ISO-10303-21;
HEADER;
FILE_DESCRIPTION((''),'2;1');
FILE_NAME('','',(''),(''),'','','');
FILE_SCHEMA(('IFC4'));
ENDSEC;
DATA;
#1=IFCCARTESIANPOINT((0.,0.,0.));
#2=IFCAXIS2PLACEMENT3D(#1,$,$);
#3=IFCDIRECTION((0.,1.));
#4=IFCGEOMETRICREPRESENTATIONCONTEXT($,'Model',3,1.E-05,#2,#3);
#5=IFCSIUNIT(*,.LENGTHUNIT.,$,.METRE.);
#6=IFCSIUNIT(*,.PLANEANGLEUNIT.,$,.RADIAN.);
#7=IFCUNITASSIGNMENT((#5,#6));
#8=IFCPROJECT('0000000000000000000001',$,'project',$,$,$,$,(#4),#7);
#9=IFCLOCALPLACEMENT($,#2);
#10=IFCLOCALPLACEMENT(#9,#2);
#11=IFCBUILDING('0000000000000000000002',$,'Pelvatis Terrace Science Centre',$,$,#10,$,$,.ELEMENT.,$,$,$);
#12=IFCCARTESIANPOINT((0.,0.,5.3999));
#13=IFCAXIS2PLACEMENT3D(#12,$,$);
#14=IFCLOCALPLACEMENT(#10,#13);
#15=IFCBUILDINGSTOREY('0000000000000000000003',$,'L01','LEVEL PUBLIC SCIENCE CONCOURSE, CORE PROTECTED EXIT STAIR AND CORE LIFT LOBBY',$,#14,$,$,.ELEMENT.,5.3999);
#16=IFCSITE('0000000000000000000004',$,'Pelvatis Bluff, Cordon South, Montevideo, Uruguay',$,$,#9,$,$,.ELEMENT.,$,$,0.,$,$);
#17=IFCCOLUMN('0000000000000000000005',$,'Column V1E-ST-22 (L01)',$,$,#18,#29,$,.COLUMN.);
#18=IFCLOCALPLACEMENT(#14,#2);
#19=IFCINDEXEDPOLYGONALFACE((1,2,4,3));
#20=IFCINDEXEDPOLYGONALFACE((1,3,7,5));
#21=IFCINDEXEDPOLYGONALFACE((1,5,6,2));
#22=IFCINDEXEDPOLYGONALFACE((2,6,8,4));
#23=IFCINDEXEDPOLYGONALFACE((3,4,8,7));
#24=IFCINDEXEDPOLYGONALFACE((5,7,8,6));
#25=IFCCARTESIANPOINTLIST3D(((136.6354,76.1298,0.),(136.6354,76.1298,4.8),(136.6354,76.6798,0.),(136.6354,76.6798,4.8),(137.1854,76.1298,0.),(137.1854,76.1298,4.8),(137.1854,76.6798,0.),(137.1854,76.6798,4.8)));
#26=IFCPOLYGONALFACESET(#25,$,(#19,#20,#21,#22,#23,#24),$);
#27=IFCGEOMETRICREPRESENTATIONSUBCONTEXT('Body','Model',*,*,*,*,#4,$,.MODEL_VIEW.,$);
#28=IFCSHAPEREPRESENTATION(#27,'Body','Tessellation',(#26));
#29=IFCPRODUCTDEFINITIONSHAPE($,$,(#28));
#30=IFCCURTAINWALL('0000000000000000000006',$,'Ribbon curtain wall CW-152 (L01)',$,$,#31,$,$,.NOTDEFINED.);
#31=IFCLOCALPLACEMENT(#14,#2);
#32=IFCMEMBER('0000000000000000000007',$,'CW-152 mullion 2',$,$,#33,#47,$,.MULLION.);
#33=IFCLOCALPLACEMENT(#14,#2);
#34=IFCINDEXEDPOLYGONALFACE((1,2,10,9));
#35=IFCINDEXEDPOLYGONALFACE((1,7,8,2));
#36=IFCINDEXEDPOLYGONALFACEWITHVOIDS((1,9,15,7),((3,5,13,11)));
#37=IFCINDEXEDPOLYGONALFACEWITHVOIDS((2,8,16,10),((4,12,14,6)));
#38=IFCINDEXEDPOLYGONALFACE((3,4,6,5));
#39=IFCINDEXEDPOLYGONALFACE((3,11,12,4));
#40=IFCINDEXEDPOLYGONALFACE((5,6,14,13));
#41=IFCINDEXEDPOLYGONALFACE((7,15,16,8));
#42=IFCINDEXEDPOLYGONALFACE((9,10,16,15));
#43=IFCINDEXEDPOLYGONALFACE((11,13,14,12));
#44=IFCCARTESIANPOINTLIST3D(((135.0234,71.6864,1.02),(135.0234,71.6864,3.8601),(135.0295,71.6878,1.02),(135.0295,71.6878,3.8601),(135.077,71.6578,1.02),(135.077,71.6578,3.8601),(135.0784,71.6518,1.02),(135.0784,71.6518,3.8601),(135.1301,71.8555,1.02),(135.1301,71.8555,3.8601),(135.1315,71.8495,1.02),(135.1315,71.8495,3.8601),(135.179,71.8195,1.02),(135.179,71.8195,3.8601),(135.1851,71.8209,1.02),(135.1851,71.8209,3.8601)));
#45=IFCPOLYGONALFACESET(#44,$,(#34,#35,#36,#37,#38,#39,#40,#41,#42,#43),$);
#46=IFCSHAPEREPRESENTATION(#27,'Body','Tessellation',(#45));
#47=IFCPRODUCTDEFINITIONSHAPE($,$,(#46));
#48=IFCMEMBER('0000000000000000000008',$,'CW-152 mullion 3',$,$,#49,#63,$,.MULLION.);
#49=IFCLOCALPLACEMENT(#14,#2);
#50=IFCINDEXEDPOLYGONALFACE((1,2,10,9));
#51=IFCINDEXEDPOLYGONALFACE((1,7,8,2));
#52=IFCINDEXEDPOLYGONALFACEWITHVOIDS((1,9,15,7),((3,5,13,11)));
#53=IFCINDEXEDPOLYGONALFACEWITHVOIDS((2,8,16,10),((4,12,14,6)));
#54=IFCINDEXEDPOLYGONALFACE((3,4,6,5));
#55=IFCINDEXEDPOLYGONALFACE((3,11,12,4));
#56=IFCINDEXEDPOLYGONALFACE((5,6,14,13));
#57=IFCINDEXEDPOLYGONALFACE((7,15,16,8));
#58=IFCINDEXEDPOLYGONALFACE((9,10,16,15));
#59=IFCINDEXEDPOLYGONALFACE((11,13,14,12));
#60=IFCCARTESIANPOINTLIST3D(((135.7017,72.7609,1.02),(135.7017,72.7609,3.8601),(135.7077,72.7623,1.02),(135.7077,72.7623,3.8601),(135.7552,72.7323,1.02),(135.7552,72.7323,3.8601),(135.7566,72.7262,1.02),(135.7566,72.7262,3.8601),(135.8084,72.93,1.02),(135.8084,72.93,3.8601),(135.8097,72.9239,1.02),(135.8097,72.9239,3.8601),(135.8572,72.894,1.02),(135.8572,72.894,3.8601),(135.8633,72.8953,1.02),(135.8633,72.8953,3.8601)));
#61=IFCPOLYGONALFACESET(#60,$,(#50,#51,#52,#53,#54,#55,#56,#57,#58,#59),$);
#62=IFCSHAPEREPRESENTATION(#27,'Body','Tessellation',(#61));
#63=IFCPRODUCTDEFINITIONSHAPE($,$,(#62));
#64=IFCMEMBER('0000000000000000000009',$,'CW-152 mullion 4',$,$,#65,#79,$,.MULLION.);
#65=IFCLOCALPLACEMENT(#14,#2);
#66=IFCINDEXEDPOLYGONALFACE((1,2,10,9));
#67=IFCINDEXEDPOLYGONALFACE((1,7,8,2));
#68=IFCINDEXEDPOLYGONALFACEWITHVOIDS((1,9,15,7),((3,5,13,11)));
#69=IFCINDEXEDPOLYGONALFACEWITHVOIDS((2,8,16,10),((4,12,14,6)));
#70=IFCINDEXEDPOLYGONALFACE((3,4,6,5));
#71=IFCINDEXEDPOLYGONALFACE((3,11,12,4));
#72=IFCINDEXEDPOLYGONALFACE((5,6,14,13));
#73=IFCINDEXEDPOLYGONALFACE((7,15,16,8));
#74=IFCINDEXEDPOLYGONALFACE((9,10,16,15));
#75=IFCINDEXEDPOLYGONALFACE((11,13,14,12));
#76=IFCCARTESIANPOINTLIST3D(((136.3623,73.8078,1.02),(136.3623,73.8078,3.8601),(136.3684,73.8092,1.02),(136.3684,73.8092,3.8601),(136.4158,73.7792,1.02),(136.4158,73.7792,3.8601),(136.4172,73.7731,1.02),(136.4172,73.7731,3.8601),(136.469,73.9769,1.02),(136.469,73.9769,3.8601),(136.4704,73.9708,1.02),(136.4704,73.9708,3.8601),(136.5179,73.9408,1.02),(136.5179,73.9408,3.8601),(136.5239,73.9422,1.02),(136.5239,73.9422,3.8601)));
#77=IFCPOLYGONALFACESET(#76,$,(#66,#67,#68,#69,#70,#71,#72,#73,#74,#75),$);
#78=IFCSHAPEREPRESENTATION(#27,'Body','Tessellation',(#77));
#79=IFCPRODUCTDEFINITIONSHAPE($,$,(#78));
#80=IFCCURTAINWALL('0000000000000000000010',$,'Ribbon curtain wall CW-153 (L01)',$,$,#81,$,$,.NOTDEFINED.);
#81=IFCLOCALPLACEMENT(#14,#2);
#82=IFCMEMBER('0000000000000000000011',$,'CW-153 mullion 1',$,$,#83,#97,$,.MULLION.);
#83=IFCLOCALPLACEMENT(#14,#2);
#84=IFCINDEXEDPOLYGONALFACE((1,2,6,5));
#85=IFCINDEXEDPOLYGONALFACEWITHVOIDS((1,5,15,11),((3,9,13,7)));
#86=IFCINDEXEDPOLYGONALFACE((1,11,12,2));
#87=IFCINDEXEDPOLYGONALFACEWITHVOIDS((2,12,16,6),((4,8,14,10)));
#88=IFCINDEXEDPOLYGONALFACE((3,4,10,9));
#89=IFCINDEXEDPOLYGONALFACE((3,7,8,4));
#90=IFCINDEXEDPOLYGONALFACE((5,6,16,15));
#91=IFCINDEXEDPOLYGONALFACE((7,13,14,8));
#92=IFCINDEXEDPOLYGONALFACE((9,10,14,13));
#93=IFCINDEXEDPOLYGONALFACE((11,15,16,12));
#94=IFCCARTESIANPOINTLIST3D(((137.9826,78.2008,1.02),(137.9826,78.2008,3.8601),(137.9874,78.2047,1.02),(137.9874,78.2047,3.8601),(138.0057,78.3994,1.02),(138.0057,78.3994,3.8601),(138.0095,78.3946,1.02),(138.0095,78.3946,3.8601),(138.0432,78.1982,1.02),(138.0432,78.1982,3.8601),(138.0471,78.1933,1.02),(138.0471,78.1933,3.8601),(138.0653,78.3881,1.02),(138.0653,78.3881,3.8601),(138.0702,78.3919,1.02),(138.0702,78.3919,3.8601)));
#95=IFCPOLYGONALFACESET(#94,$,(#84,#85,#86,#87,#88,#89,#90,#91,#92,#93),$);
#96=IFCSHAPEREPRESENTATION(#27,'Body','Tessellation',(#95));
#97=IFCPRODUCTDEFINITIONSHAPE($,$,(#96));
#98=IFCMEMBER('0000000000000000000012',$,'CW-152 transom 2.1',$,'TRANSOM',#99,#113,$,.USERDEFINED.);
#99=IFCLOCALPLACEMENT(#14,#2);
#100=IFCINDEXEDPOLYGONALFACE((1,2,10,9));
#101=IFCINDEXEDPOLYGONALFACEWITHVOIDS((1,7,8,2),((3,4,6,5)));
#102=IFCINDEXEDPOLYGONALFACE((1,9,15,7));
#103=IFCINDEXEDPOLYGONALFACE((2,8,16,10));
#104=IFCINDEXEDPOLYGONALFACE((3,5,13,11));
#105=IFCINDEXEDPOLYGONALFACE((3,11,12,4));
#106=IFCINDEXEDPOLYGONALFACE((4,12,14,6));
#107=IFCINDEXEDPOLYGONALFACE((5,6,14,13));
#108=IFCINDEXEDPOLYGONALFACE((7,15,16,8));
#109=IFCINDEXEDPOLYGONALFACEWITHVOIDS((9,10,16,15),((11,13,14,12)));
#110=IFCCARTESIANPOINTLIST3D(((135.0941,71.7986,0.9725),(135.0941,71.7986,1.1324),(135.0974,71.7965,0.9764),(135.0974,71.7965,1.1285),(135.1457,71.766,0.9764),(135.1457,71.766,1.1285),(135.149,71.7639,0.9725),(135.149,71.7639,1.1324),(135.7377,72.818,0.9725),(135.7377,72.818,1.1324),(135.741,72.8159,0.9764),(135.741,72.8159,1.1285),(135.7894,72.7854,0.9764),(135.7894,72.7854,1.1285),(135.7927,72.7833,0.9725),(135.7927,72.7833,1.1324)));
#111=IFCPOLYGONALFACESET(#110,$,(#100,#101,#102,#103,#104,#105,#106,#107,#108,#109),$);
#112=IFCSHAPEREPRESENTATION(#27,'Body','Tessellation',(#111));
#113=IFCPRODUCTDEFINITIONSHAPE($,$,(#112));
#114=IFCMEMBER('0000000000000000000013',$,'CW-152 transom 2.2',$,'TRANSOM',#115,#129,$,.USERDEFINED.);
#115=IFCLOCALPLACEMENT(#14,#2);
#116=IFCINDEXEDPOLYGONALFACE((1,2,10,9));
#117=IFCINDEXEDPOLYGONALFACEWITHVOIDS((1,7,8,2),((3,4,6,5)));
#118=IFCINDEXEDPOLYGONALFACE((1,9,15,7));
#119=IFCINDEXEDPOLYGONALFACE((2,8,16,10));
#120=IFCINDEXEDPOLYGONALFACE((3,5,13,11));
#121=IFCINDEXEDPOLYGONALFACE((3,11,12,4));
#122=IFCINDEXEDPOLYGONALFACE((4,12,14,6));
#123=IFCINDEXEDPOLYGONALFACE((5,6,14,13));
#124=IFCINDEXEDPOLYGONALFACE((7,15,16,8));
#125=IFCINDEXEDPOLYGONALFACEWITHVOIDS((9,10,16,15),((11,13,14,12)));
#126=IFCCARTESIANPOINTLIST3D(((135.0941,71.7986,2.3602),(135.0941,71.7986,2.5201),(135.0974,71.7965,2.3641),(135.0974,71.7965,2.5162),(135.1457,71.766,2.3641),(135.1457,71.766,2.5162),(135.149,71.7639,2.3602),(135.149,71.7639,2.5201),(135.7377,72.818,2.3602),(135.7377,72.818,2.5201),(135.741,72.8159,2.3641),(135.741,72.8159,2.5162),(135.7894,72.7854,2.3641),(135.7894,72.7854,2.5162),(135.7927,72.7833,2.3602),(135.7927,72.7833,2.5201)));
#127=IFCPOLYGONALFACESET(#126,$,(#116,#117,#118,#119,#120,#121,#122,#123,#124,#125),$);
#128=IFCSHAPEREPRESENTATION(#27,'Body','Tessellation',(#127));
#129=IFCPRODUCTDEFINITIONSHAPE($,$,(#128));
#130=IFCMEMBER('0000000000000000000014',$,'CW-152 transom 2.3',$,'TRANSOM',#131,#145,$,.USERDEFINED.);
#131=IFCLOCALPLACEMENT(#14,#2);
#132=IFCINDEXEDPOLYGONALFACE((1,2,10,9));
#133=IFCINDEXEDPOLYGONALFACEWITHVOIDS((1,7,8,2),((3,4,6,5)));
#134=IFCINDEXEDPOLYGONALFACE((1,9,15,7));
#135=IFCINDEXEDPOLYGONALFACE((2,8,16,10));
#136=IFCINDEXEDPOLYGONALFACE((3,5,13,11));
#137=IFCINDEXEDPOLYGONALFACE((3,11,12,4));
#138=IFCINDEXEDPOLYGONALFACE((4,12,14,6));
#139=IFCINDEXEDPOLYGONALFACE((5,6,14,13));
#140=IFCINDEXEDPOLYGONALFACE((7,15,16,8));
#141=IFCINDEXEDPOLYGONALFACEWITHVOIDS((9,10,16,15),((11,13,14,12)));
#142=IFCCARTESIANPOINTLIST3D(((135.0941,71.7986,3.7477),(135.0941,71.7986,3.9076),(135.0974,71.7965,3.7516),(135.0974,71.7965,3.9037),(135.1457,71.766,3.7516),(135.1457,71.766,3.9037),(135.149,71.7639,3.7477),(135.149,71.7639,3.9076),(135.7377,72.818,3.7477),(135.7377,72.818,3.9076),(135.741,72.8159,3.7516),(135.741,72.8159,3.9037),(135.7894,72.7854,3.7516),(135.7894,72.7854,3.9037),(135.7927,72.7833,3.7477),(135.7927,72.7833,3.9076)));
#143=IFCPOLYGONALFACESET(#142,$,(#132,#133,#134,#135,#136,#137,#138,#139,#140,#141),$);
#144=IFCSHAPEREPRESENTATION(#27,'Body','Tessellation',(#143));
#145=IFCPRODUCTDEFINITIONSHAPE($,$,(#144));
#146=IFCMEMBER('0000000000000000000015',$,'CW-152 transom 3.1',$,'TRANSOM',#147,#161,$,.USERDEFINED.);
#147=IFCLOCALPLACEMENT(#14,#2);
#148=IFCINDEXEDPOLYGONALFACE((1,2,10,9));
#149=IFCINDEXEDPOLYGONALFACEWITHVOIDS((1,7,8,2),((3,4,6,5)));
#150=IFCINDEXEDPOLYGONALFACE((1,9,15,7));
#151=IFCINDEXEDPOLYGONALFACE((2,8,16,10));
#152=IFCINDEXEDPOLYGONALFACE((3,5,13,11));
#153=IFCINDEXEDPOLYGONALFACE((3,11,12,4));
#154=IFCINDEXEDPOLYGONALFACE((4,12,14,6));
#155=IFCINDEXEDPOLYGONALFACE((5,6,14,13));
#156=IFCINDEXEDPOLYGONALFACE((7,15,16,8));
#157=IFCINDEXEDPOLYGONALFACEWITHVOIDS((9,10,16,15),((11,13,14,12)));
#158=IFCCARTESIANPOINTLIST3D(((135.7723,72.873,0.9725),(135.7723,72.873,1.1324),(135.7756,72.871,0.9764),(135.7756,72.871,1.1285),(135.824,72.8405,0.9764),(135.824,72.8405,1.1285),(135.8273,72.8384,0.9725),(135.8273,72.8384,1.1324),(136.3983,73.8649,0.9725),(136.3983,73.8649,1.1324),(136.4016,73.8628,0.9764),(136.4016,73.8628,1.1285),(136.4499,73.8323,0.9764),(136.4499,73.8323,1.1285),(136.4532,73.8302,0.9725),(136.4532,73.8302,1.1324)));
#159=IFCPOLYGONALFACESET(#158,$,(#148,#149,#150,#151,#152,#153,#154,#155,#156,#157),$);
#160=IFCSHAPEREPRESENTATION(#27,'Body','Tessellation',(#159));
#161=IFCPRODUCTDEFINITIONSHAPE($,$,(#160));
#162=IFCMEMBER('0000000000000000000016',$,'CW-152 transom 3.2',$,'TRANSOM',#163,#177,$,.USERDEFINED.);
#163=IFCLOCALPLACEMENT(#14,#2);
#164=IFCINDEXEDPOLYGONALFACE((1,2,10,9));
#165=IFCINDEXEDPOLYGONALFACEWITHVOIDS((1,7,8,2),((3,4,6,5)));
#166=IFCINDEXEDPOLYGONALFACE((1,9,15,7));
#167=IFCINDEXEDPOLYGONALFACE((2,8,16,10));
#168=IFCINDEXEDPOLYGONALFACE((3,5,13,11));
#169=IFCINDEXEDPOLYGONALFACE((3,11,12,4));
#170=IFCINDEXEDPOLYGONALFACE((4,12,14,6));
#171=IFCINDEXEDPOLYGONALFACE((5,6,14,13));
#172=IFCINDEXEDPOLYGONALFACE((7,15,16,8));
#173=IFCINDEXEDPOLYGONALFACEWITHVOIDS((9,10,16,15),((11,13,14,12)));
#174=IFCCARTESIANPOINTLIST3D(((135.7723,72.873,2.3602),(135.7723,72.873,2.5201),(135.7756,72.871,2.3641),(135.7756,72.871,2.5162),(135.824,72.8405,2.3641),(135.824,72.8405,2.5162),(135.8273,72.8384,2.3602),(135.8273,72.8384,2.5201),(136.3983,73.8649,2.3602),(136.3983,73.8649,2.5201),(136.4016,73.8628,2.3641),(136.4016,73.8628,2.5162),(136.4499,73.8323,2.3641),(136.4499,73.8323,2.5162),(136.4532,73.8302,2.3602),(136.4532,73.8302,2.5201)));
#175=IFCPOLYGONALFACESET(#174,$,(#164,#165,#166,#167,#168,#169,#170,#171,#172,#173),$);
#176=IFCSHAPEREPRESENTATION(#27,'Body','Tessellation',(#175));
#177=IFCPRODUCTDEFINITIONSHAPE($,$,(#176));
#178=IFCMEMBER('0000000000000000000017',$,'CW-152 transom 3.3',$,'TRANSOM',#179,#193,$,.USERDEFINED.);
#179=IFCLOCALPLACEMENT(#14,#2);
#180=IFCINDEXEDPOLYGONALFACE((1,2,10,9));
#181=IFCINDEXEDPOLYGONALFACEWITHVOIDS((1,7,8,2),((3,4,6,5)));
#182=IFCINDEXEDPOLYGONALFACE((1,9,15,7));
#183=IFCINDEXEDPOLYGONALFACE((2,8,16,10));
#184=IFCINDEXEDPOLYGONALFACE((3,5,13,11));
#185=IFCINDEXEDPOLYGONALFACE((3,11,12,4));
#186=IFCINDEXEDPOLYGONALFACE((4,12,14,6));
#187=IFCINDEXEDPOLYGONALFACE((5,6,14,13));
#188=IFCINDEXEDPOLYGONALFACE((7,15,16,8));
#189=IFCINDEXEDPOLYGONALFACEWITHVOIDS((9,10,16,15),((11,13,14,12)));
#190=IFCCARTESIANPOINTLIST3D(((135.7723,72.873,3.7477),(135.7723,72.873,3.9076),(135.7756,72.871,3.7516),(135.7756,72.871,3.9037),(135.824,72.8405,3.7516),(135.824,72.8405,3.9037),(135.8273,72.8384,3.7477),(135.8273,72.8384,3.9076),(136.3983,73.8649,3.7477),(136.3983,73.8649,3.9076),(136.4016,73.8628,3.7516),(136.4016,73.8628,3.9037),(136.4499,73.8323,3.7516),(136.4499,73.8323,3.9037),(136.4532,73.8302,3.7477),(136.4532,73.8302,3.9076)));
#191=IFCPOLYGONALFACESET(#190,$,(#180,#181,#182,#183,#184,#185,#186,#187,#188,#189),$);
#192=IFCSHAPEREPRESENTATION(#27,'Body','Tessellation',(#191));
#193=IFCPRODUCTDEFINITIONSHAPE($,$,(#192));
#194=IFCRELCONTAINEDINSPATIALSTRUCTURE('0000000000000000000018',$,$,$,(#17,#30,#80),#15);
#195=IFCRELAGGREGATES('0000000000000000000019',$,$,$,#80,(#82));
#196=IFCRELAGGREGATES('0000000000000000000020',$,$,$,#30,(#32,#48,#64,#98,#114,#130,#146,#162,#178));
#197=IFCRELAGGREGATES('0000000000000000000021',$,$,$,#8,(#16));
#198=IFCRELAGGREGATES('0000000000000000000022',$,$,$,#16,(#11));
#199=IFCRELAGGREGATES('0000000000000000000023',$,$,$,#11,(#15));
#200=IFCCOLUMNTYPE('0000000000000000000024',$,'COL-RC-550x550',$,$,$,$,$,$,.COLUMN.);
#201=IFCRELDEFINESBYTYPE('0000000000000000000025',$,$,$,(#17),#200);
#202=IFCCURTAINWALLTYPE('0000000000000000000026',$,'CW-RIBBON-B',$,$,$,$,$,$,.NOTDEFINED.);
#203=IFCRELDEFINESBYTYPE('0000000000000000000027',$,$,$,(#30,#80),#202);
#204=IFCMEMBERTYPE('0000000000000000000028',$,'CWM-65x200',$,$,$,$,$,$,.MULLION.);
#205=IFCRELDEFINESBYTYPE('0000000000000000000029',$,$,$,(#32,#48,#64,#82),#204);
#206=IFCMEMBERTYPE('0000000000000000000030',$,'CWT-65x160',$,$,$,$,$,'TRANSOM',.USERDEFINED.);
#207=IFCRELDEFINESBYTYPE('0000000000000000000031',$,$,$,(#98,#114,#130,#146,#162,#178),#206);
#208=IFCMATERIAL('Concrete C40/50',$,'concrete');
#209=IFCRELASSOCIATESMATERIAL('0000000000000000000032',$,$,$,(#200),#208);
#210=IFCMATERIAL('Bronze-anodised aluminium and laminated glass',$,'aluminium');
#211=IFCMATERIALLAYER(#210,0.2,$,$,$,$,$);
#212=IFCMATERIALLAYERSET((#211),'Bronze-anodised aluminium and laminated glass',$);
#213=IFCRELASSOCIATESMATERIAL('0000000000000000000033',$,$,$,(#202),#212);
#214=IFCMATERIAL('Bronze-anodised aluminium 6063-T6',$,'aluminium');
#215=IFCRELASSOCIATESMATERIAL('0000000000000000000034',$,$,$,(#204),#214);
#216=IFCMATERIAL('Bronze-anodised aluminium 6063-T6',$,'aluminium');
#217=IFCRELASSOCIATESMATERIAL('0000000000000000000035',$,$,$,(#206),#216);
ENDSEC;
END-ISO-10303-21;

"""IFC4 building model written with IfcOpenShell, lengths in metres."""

from ifc_helpers import new_model, si_unit, direction, frame, origin, origin_2d, place, context, subcontext, project, spatial, rectangle, hollow_rectangle, extrude, material, layer, layer_set, material_profile, profile_set, type_object, element, aggregate, save


model = new_model("IFC4")

# Units and contexts
model_context = context("Model", 3, precision=1e-05, world=origin(), true_north=direction((0.0, 1.0)))
body_context = subcontext(model_context, "Body", "Model", "MODEL_VIEW")
ifc_project = project(units=[si_unit("LENGTHUNIT", "METRE"), si_unit("PLANEANGLEUNIT", "RADIAN")], contexts=[model_context])

# Site, building, storey
site_placement = place(None, origin())
site = spatial("IfcSite", under=ifc_project, at=site_placement, Name="Pelvatis Bluff, Cordon South, Montevideo, Uruguay", CompositionType="ELEMENT", RefElevation=0.0)
building_placement = place(site_placement, origin())
building = spatial("IfcBuilding", under=site, at=building_placement, Name="Pelvatis Terrace Science Centre", CompositionType="ELEMENT")
storey_placement = place(building_placement, frame((0.0, 0.0, 5.3999)))
storey = spatial("IfcBuildingStorey", under=building, at=storey_placement, Name="L01", Description="LEVEL PUBLIC SCIENCE CONCOURSE, CORE PROTECTED EXIT STAIR AND CORE LIFT LOBBY", CompositionType="ELEMENT", Elevation=5.3999)

# Column
ifc_material_1 = material(Name="Concrete C40/50", Category="concrete")
ifc_material_profile_1 = material_profile(ifc_material_1, rectangle(XDim=0.55, YDim=0.55, at=origin_2d()), Name="RC-COL 550x550")
ifc_profile_set_1 = profile_set([ifc_material_profile_1], Name="Concrete C40/50")
column_type = type_object("IfcColumnType", Name="COL-RC-550x550", PredefinedType="COLUMN", material=ifc_profile_set_1)
column_placement = place(storey_placement, frame((136.9104, 76.4048, 0.0), z_axis=(0.0, 0.0, 1.0), x_axis=(1.0, 0.0, 0.0)))
element("IfcColumn", 1, at=column_placement, inside=storey, type_object=column_type, Name="Column V1E-ST-22 (L01)", PredefinedType="COLUMN", context=body_context, shape_type="SweptSolid", body=[
    extrude(rectangle(XDim=0.55, YDim=0.55, at=origin_2d()), origin(), (0.0, 0.0, 1.0), 4.8),
])

# Curtain wall, members
ifc_material_2 = material(Name="Bronze-anodised aluminium and laminated glass", Category="aluminium")
ifc_layer_1 = layer(ifc_material_2, 0.2)
ifc_layer_set_1 = layer_set([ifc_layer_1], Name="Bronze-anodised aluminium and laminated glass")
curtain_wall_type = type_object("IfcCurtainWallType", Name="CW-RIBBON-B", PredefinedType="NOTDEFINED", material=ifc_layer_set_1)
curtain_wall_1_placement = place(storey_placement, origin())
curtain_wall_1 = element("IfcCurtainWall", 2, at=curtain_wall_1_placement, inside=storey, type_object=curtain_wall_type, Name="Ribbon curtain wall CW-152 (L01)", PredefinedType="NOTDEFINED")
ifc_material_3 = material(Name="Bronze-anodised aluminium 6063-T6", Category="aluminium")
ifc_material_profile_2 = material_profile(ifc_material_3, hollow_rectangle(XDim=0.0649, YDim=0.2, WallThickness=0.0044, at=origin_2d()), Name="ALU-MUL 65x200")
ifc_profile_set_2 = profile_set([ifc_material_profile_2], Name="Bronze-anodised aluminium 6063-T6")
member_type_1 = type_object("IfcMemberType", Name="CWM-65x200", PredefinedType="MULLION", material=ifc_profile_set_2)
member_1_placement = place(storey_placement, frame((135.1042, 71.7537, 1.02), z_axis=(0.0, 0.0, 1.0), x_axis=(-0.84567, 0.533706, 0.0)))
member_1 = element("IfcMember", 3, at=member_1_placement, type_object=member_type_1, Name="CW-152 mullion 2", PredefinedType="MULLION", context=body_context, shape_type="SweptSolid", body=[
    extrude(hollow_rectangle(XDim=0.0649, YDim=0.2, WallThickness=0.0044, at=origin_2d()), origin(), (0.0, 0.0, 1.0), 2.8401),
])
member_2_placement = place(storey_placement, frame((135.7825, 72.8281, 1.02), z_axis=(0.0, 0.0, 1.0), x_axis=(-0.84567, 0.533706, 0.0)))
member_2 = element("IfcMember", 4, at=member_2_placement, type_object=member_type_1, Name="CW-152 mullion 3", PredefinedType="MULLION", context=body_context, shape_type="SweptSolid", body=[
    extrude(hollow_rectangle(XDim=0.0649, YDim=0.2, WallThickness=0.0044, at=origin_2d()), origin(), (0.0, 0.0, 1.0), 2.8401),
])
member_3_placement = place(storey_placement, frame((136.4431, 73.875, 1.02), z_axis=(0.0, 0.0, 1.0), x_axis=(-0.84567, 0.533706, 0.0)))
member_3 = element("IfcMember", 5, at=member_3_placement, type_object=member_type_1, Name="CW-152 mullion 4", PredefinedType="MULLION", context=body_context, shape_type="SweptSolid", body=[
    extrude(hollow_rectangle(XDim=0.0649, YDim=0.2, WallThickness=0.0044, at=origin_2d()), origin(), (0.0, 0.0, 1.0), 2.8401),
])

# Curtain wall, member
curtain_wall_2_placement = place(storey_placement, origin())
curtain_wall_2 = element("IfcCurtainWall", 6, at=curtain_wall_2_placement, inside=storey, type_object=curtain_wall_type, Name="Ribbon curtain wall CW-153 (L01)", PredefinedType="NOTDEFINED")
member_4_placement = place(storey_placement, frame((138.0264, 78.2964, 1.02), z_axis=(0.0, 0.0, 1.0), x_axis=(-0.993308, 0.115497, 0.0)))
member_4 = element("IfcMember", 7, at=member_4_placement, type_object=member_type_1, Name="CW-153 mullion 1", PredefinedType="MULLION", context=body_context, shape_type="SweptSolid", body=[
    extrude(hollow_rectangle(XDim=0.0649, YDim=0.2, WallThickness=0.0044, at=origin_2d()), origin(), (0.0, 0.0, 1.0), 2.8401),
])

# Members
ifc_material_4 = material(Name="Bronze-anodised aluminium 6063-T6", Category="aluminium")
ifc_material_profile_3 = material_profile(ifc_material_4, hollow_rectangle(XDim=0.0649, YDim=0.1599, WallThickness=0.0039, at=origin_2d()), Name="ALU-TRN 65x160")
ifc_profile_set_3 = profile_set([ifc_material_profile_3], Name="Bronze-anodised aluminium 6063-T6")
member_type_2 = type_object("IfcMemberType", Name="CWT-65x160", ElementType="TRANSOM", PredefinedType="USERDEFINED", material=ifc_profile_set_3)
member_5_placement = place(storey_placement, frame((135.1216, 71.7812, 1.0525), z_axis=(0.533871, 0.845566, 0.0), x_axis=(-0.845566, 0.533871, 0.0)))
member_5 = element("IfcMember", 8, at=member_5_placement, type_object=member_type_2, Name="CW-152 transom 2.1", ObjectType="TRANSOM", PredefinedType="USERDEFINED", context=body_context, shape_type="SweptSolid", body=[
    extrude(hollow_rectangle(XDim=0.0649, YDim=0.1599, WallThickness=0.0039, at=origin_2d()), origin(), (0.0, 0.0, 1.0), 1.2056),
])
member_6_placement = place(storey_placement, frame((135.1216, 71.7812, 2.4402), z_axis=(0.533871, 0.845566, 0.0), x_axis=(-0.845566, 0.533871, 0.0)))
member_6 = element("IfcMember", 9, at=member_6_placement, type_object=member_type_2, Name="CW-152 transom 2.2", ObjectType="TRANSOM", PredefinedType="USERDEFINED", context=body_context, shape_type="SweptSolid", body=[
    extrude(hollow_rectangle(XDim=0.0649, YDim=0.1599, WallThickness=0.0039, at=origin_2d()), origin(), (0.0, 0.0, 1.0), 1.2056),
])
member_7_placement = place(storey_placement, frame((135.1216, 71.7812, 3.8276), z_axis=(0.533871, 0.845566, 0.0), x_axis=(-0.845566, 0.533871, 0.0)))
member_7 = element("IfcMember", 10, at=member_7_placement, type_object=member_type_2, Name="CW-152 transom 2.3", ObjectType="TRANSOM", PredefinedType="USERDEFINED", context=body_context, shape_type="SweptSolid", body=[
    extrude(hollow_rectangle(XDim=0.0649, YDim=0.1599, WallThickness=0.0039, at=origin_2d()), origin(), (0.0, 0.0, 1.0), 1.2056),
])
member_8_placement = place(storey_placement, frame((135.7998, 72.8557, 1.0525), z_axis=(0.53368, 0.845687, 0.0), x_axis=(-0.845687, 0.53368, 0.0)))
member_8 = element("IfcMember", 11, at=member_8_placement, type_object=member_type_2, Name="CW-152 transom 3.1", ObjectType="TRANSOM", PredefinedType="USERDEFINED", context=body_context, shape_type="SweptSolid", body=[
    extrude(hollow_rectangle(XDim=0.0649, YDim=0.1599, WallThickness=0.0039, at=origin_2d()), origin(), (0.0, 0.0, 1.0), 1.1729),
])
member_9_placement = place(storey_placement, frame((135.7998, 72.8557, 2.4402), z_axis=(0.53368, 0.845687, 0.0), x_axis=(-0.845687, 0.53368, 0.0)))
member_9 = element("IfcMember", 12, at=member_9_placement, type_object=member_type_2, Name="CW-152 transom 3.2", ObjectType="TRANSOM", PredefinedType="USERDEFINED", context=body_context, shape_type="SweptSolid", body=[
    extrude(hollow_rectangle(XDim=0.0649, YDim=0.1599, WallThickness=0.0039, at=origin_2d()), origin(), (0.0, 0.0, 1.0), 1.1729),
])
member_10_placement = place(storey_placement, frame((135.7998, 72.8557, 3.8276), z_axis=(0.53368, 0.845687, 0.0), x_axis=(-0.845687, 0.53368, 0.0)))
member_10 = element("IfcMember", 13, at=member_10_placement, type_object=member_type_2, Name="CW-152 transom 3.3", ObjectType="TRANSOM", PredefinedType="USERDEFINED", context=body_context, shape_type="SweptSolid", body=[
    extrude(hollow_rectangle(XDim=0.0649, YDim=0.1599, WallThickness=0.0039, at=origin_2d()), origin(), (0.0, 0.0, 1.0), 1.1729),
])
aggregate(curtain_wall_2, [member_4])

aggregate(curtain_wall_1, [member_1, member_2, member_3, member_5, member_6, member_7, member_8, member_9, member_10])

save(model, "model.ifc")
